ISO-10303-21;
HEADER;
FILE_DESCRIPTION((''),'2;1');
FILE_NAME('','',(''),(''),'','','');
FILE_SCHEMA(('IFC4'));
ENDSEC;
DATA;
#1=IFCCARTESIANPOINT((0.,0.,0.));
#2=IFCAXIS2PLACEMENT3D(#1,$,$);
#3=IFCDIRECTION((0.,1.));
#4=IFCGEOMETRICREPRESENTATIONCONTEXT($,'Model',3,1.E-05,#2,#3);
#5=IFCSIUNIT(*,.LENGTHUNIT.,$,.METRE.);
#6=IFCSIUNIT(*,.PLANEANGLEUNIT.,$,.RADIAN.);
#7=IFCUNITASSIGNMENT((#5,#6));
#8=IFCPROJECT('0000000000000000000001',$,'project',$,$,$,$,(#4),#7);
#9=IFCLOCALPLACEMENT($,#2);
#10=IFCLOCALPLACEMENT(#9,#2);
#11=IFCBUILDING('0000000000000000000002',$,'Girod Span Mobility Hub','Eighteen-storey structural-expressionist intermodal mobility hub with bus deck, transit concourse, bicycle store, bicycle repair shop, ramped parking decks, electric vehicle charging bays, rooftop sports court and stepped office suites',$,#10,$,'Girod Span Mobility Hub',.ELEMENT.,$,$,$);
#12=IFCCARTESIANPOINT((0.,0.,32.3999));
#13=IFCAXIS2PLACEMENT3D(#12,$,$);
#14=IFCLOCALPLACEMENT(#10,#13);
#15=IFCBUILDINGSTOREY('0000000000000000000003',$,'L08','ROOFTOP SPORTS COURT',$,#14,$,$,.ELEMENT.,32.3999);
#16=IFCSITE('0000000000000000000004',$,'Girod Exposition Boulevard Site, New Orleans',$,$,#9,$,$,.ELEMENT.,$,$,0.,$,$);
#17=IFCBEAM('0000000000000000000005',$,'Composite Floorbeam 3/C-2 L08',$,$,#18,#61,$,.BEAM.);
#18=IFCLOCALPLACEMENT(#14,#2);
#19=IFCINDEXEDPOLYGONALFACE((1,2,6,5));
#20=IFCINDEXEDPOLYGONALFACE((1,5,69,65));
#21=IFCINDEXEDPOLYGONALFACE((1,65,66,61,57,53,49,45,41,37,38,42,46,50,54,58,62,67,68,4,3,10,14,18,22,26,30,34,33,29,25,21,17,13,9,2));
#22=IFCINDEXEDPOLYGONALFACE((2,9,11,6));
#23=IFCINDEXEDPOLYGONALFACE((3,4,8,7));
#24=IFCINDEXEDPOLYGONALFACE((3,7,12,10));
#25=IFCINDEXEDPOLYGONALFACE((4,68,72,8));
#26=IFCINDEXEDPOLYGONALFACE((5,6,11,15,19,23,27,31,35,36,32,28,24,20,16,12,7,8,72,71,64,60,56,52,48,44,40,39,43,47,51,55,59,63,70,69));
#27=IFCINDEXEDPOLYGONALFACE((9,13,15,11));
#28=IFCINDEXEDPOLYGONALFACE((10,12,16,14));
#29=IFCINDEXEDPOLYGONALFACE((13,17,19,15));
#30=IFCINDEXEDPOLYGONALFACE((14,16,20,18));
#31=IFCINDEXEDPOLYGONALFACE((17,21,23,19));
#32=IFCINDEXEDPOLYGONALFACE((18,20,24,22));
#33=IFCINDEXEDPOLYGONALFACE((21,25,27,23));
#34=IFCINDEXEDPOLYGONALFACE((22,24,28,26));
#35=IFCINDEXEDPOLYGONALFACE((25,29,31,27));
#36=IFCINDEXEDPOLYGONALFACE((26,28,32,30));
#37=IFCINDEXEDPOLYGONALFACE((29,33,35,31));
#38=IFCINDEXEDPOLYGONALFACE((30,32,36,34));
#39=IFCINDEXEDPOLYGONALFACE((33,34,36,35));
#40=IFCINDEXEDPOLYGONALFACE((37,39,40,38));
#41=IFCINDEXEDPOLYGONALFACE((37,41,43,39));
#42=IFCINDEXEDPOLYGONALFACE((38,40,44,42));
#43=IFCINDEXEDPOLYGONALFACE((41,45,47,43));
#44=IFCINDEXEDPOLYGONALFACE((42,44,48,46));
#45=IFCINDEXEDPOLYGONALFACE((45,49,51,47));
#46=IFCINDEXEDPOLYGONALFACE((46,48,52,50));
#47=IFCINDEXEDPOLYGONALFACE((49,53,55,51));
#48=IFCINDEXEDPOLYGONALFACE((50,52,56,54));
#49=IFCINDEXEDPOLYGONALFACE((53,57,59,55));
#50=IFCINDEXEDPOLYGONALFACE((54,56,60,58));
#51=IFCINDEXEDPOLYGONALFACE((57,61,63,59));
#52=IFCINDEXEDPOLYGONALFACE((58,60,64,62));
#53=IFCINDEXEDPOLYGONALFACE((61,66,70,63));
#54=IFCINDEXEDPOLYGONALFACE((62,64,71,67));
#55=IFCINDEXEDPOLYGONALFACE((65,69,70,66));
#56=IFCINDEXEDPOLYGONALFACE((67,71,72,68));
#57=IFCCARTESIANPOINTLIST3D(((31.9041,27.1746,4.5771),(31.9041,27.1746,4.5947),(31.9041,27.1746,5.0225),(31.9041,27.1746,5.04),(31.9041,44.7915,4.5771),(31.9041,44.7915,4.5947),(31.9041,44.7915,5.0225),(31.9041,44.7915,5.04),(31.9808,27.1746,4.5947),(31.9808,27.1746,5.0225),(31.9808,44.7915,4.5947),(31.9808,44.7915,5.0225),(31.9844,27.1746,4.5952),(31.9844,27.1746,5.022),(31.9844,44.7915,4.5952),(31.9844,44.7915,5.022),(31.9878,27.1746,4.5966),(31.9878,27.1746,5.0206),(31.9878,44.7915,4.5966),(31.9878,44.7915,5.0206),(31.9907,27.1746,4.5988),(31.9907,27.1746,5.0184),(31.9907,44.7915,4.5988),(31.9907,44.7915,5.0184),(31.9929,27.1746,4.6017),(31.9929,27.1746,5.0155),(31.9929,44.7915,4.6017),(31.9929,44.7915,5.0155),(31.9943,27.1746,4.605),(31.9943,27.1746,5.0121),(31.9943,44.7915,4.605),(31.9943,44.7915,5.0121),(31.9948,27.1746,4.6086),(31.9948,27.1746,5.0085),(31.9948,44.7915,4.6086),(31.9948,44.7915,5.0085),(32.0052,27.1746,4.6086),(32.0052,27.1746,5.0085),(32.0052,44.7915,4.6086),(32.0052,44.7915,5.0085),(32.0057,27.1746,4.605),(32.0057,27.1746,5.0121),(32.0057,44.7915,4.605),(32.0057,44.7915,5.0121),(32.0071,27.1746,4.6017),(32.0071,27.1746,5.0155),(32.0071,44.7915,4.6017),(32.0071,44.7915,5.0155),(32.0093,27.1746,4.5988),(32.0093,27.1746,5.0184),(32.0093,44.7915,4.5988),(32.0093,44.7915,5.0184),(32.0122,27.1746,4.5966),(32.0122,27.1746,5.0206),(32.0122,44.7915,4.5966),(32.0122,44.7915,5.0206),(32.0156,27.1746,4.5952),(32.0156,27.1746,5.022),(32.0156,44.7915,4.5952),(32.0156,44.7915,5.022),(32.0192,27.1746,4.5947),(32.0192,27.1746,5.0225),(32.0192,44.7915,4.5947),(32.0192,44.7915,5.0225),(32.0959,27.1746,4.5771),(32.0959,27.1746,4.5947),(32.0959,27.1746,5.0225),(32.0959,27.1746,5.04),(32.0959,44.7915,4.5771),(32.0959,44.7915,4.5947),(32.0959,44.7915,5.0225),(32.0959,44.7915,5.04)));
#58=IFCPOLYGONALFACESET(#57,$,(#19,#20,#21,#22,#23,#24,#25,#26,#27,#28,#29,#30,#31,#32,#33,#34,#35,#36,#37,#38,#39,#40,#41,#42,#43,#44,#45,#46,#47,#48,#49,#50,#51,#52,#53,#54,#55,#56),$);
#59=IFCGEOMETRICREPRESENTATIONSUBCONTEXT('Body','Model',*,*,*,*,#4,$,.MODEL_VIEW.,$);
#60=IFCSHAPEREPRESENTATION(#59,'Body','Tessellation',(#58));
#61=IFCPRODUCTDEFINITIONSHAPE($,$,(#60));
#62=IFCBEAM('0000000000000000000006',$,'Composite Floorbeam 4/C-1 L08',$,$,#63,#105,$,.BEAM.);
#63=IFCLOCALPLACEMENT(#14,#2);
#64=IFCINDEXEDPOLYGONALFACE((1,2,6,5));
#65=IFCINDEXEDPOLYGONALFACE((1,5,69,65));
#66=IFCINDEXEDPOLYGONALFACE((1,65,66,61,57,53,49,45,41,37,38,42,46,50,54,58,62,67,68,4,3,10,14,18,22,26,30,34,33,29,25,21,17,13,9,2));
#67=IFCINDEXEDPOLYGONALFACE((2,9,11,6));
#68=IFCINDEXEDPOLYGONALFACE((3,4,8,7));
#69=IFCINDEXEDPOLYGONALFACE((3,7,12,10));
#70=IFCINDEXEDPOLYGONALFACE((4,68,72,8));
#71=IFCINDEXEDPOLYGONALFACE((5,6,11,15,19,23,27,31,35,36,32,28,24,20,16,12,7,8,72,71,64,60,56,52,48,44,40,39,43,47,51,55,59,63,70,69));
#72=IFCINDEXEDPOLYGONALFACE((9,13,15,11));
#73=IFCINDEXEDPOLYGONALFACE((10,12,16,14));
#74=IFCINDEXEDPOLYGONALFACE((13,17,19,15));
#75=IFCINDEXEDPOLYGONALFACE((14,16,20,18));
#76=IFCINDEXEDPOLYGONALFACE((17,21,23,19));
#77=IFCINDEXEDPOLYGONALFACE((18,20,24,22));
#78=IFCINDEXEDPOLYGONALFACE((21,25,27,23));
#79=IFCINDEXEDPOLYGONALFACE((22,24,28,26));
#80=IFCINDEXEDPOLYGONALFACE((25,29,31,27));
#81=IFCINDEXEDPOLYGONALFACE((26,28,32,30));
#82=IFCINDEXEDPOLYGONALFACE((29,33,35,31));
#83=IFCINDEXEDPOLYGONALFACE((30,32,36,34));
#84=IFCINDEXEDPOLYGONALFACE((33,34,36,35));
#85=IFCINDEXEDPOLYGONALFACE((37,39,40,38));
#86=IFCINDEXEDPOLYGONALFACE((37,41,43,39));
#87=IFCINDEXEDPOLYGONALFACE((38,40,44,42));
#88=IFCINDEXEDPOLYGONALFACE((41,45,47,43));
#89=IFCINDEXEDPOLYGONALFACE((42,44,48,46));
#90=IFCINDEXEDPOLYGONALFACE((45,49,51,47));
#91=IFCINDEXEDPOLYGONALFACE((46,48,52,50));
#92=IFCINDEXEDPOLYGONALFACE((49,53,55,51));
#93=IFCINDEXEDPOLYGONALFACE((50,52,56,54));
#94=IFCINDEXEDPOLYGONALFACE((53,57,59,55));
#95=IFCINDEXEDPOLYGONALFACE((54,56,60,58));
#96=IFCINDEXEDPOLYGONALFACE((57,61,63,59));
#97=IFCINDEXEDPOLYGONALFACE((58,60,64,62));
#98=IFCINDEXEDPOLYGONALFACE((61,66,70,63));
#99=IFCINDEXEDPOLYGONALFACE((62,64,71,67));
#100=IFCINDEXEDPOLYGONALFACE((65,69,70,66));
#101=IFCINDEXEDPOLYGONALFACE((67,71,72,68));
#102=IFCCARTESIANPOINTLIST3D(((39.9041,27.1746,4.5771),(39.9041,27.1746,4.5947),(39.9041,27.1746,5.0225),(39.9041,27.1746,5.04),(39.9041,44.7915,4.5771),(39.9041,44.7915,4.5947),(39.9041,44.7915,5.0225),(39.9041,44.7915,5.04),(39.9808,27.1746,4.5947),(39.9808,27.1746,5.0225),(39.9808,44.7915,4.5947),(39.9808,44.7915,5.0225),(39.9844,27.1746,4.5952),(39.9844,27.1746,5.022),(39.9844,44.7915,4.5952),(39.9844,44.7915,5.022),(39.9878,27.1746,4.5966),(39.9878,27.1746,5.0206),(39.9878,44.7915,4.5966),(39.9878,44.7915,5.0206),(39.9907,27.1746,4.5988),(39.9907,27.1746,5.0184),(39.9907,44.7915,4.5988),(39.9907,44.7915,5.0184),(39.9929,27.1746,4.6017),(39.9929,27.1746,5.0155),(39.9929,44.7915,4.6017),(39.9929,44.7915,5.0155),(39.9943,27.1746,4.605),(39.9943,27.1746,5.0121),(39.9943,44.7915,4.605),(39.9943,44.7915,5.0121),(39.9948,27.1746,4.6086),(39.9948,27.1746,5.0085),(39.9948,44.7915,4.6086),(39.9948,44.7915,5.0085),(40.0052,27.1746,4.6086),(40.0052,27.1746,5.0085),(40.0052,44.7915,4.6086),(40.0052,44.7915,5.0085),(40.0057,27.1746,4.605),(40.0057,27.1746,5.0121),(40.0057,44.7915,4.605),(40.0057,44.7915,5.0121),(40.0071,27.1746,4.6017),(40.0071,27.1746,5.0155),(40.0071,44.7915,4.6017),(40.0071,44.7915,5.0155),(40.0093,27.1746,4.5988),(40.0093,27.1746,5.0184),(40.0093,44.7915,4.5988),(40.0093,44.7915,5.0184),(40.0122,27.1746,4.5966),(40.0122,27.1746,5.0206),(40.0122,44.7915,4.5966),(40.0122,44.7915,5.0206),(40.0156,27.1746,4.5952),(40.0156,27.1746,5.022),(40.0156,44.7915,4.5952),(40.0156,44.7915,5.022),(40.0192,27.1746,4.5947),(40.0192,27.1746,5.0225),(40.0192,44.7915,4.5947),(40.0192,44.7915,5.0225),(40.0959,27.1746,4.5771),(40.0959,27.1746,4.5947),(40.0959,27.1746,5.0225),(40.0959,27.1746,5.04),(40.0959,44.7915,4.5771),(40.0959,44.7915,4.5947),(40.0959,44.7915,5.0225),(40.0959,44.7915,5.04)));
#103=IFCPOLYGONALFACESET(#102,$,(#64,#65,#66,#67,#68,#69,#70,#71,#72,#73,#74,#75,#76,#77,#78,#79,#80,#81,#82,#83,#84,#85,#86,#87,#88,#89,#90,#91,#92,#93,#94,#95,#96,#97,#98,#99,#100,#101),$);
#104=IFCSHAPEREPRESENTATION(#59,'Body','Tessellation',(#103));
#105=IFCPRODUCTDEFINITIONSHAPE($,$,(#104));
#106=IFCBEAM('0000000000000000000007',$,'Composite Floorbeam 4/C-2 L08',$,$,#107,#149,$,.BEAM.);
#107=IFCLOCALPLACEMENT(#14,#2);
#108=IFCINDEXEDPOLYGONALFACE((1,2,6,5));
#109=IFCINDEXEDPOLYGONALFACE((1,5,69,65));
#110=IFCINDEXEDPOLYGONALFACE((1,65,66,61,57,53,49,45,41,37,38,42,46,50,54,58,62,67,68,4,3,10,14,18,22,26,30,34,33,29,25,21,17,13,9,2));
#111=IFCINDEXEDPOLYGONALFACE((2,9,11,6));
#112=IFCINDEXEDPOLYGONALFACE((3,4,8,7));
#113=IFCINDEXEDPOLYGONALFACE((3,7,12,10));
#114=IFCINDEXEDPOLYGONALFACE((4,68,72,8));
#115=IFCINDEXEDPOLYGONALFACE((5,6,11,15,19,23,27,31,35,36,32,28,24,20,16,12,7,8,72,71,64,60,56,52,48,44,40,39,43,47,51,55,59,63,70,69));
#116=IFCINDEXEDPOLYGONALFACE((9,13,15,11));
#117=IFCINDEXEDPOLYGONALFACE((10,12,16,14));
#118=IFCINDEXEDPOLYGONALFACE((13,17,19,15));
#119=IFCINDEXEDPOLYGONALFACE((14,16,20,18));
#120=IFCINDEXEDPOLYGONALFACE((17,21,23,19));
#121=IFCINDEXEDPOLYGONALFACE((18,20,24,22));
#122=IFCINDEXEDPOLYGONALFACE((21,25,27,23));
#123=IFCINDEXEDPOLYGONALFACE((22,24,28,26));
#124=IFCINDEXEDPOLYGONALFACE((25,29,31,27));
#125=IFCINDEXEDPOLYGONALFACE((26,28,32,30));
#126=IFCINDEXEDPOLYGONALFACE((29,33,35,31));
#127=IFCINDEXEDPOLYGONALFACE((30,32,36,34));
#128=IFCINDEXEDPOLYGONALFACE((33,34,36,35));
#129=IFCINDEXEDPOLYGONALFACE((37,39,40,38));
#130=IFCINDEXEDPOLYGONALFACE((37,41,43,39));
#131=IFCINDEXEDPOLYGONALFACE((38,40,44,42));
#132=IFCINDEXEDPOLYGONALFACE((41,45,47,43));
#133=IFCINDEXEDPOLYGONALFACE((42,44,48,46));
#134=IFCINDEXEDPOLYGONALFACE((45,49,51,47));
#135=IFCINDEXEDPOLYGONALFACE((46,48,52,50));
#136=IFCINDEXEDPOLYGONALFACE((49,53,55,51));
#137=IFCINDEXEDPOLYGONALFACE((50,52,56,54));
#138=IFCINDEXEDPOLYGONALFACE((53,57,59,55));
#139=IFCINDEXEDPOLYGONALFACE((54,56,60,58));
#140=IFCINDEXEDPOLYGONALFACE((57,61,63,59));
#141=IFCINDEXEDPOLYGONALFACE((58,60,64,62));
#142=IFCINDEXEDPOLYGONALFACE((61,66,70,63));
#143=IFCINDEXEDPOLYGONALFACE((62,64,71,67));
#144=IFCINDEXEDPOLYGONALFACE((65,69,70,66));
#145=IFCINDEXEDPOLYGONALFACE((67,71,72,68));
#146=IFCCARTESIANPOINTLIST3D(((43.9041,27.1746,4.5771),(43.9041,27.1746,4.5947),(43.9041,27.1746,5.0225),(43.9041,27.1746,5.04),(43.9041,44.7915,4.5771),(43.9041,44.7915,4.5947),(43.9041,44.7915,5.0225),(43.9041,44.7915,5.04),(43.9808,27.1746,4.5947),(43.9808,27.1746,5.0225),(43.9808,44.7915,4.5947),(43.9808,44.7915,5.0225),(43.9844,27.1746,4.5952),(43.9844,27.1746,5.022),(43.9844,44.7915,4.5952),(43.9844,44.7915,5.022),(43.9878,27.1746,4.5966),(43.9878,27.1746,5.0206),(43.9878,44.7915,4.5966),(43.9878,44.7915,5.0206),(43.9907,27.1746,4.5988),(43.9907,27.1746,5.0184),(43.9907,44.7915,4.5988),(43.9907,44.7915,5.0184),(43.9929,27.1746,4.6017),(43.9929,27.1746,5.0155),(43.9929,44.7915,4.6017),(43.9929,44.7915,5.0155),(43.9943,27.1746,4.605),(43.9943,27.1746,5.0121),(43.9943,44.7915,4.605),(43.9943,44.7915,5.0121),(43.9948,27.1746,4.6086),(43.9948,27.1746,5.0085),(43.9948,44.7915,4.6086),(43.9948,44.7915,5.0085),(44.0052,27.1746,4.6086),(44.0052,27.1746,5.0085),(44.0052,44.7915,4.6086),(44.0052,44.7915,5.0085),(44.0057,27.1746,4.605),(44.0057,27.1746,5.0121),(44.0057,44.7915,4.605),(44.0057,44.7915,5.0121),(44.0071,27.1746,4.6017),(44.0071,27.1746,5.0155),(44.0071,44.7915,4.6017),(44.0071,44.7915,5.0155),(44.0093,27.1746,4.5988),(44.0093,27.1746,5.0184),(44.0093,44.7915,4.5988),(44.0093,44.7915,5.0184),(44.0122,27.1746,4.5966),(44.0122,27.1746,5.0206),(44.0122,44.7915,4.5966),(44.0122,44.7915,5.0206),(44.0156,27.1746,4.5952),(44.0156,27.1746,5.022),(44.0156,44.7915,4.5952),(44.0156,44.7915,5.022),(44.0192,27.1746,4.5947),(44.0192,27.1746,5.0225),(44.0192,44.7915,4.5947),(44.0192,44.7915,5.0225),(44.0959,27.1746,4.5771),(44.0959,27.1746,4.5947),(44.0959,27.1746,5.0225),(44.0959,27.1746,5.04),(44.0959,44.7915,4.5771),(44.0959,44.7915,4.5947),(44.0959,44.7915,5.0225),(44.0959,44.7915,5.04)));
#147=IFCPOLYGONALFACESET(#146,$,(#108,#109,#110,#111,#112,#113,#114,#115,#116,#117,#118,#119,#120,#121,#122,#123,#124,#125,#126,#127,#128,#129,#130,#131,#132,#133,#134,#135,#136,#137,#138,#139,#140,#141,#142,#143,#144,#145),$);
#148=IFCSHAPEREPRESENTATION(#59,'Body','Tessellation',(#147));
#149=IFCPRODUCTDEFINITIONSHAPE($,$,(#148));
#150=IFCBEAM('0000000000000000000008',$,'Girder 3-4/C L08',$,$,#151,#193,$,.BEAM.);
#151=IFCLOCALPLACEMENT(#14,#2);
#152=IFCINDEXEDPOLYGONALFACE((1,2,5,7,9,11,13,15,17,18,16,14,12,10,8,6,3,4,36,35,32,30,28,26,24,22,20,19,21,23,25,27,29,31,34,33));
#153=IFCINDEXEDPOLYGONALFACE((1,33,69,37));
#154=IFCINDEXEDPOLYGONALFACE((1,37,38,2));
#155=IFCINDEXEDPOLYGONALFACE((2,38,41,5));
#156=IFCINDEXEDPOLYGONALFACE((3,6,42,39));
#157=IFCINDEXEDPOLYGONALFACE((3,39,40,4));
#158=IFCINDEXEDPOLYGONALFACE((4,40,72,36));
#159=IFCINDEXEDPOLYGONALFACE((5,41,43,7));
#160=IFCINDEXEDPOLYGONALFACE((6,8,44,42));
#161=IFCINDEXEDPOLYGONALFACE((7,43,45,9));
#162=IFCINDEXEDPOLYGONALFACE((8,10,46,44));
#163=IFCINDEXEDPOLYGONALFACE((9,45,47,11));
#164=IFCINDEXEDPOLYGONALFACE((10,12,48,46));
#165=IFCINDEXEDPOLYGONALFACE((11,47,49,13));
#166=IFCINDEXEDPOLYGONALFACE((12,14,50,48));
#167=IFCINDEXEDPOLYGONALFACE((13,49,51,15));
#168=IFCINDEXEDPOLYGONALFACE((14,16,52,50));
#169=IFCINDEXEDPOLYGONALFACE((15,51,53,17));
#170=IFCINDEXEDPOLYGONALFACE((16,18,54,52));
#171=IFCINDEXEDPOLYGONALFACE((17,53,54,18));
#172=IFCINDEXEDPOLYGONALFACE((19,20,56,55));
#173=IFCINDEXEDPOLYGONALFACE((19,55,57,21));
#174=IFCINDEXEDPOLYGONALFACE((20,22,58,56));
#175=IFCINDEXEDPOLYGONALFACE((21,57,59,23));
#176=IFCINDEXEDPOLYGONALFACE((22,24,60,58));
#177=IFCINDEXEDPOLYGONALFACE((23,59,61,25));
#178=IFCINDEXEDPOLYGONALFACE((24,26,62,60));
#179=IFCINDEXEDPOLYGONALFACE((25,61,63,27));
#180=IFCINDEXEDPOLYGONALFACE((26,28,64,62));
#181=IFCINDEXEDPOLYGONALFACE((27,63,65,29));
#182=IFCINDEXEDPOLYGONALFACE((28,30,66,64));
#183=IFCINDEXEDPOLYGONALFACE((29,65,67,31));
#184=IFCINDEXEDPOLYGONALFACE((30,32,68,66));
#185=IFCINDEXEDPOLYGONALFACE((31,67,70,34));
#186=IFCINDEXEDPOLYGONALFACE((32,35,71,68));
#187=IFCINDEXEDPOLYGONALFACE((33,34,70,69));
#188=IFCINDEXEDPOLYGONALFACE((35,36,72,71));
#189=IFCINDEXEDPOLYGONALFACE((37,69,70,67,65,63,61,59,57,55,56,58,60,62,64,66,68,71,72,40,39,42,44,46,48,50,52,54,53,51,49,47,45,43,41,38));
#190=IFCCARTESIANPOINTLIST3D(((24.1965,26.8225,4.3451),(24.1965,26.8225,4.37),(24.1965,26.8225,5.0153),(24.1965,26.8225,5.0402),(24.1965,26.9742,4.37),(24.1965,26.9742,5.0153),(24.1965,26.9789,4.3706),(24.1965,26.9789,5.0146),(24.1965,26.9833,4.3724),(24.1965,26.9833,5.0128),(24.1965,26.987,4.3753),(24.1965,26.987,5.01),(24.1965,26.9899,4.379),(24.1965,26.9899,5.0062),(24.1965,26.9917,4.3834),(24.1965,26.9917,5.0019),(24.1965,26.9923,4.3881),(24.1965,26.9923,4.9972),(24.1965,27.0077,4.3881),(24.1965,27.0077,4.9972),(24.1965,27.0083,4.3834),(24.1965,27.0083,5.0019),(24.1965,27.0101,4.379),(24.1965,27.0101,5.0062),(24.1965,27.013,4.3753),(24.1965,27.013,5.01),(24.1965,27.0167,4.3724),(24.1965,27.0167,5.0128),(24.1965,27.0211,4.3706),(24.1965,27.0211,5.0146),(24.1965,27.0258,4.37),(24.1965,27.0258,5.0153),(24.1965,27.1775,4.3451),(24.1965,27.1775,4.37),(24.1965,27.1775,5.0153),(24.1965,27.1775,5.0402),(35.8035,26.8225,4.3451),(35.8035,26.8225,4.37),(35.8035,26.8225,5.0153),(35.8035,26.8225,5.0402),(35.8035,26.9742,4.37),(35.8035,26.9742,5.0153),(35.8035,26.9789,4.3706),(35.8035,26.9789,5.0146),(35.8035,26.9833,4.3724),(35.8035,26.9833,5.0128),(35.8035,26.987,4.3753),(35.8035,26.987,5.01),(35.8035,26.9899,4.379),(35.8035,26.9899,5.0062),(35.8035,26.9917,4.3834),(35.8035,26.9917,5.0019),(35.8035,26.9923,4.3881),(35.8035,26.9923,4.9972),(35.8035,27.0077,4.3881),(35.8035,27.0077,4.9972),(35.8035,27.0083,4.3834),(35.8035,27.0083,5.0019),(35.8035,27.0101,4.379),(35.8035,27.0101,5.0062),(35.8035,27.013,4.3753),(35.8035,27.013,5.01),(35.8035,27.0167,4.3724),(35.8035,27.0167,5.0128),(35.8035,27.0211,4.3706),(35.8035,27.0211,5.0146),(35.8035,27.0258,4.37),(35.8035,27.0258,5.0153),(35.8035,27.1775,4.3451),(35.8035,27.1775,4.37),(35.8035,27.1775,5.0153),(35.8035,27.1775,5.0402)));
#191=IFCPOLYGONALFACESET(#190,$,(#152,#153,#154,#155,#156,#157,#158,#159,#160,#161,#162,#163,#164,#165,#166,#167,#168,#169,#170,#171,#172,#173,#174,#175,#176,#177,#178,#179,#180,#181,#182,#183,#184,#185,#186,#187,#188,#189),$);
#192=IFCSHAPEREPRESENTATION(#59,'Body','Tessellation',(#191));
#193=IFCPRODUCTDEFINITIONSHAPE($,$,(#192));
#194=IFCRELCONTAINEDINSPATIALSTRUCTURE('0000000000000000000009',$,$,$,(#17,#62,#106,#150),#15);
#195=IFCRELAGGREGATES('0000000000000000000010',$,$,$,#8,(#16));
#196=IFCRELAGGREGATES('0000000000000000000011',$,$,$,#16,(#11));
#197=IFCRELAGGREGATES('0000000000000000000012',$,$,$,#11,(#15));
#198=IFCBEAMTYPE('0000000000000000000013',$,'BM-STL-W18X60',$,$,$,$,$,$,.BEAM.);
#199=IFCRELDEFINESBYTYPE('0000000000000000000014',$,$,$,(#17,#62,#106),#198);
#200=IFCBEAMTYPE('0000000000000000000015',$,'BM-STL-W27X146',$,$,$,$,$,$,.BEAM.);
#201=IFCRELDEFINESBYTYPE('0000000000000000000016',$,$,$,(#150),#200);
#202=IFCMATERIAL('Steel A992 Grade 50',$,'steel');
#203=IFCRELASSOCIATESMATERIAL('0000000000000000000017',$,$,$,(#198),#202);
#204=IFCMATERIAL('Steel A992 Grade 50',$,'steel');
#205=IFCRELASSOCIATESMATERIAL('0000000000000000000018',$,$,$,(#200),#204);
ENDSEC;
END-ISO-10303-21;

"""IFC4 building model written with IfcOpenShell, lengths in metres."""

from ifc_helpers import new_model, si_unit, direction, frame, origin, origin_2d, place, context, subcontext, project, spatial, i_section, extrude, material, material_profile, profile_set, type_object, element, save


model = new_model("IFC4")

# Units and contexts
model_context = context("Model", 3, precision=1e-05, world=origin(), true_north=direction((0.0, 1.0)))
body_context = subcontext(model_context, "Body", "Model", "MODEL_VIEW")
ifc_project = project(units=[si_unit("LENGTHUNIT", "METRE"), si_unit("PLANEANGLEUNIT", "RADIAN")], contexts=[model_context])

# Site, building, storey
site_placement = place(None, origin())
site = spatial("IfcSite", under=ifc_project, at=site_placement, Name="Girod Exposition Boulevard Site, New Orleans", CompositionType="ELEMENT", RefElevation=0.0)
building_placement = place(site_placement, origin())
building = spatial("IfcBuilding", under=site, at=building_placement, Name="Girod Span Mobility Hub", Description="Eighteen-storey structural-expressionist intermodal mobility hub with bus deck, transit concourse, bicycle store, bicycle repair shop, ramped parking decks, electric vehicle charging bays, rooftop sports court and stepped office suites", LongName="Girod Span Mobility Hub", CompositionType="ELEMENT")
storey_placement = place(building_placement, frame((0.0, 0.0, 32.3999)))
storey = spatial("IfcBuildingStorey", under=building, at=storey_placement, Name="L08", Description="ROOFTOP SPORTS COURT", CompositionType="ELEMENT", Elevation=32.3999)

# Beams
ifc_material_1 = material(Name="Steel A992 Grade 50", Category="steel")
ifc_material_profile_1 = material_profile(ifc_material_1, i_section(OverallWidth=0.1919, OverallDepth=0.4629, WebThickness=0.0105, FlangeThickness=0.0176, FilletRadius=0.0139, at=origin_2d()), Name="W18X60")
ifc_profile_set_1 = profile_set([ifc_material_profile_1], Name="Steel A992 Grade 50")
beam_type_1 = type_object("IfcBeamType", Name="BM-STL-W18X60", PredefinedType="BEAM", material=ifc_profile_set_1)
for number, where, z_axis, x_axis, name in (
    (1, (32.0, 27.1746, 4.8086), (0.0, 1.0, 0.0), (-1.0, 0.0, 0.0), "Composite Floorbeam 3/C-2 L08"),
    (2, (40.0, 27.1746, 4.8086), (0.0, 1.0, 0.0), (-1.0, 0.0, 0.0), "Composite Floorbeam 4/C-1 L08"),
    (3, (44.0, 27.1746, 4.8086), (0.0, 1.0, 0.0), (-1.0, 0.0, 0.0), "Composite Floorbeam 4/C-2 L08"),
):
    element("IfcBeam", number, at=place(storey_placement, frame(where, z_axis=z_axis, x_axis=x_axis)), inside=storey, type_object=beam_type_1, Name=name, PredefinedType="BEAM", context=body_context, shape_type="SweptSolid", body=[
        extrude(i_section(OverallWidth=0.1919, OverallDepth=0.4629, WebThickness=0.0105, FlangeThickness=0.0176, FilletRadius=0.0139, at=origin_2d()), origin(), (0.0, 0.0, 1.0), 17.6169),
    ])
ifc_material_2 = material(Name="Steel A992 Grade 50", Category="steel")
ifc_material_profile_2 = material_profile(ifc_material_2, i_section(OverallWidth=0.355, OverallDepth=0.6951, WebThickness=0.0154, FlangeThickness=0.0249, FilletRadius=0.0181, at=origin_2d()), Name="W27X146")
ifc_profile_set_2 = profile_set([ifc_material_profile_2], Name="Steel A992 Grade 50")
beam_type_2 = type_object("IfcBeamType", Name="BM-STL-W27X146", PredefinedType="BEAM", material=ifc_profile_set_2)
for number, where, z_axis, x_axis, name in (
    (4, (24.1965, 27.0, 4.6926), (1.0, 0.0, 0.0), (0.0, 1.0, 0.0), "Girder 3-4/C L08"),
):
    element("IfcBeam", number, at=place(storey_placement, frame(where, z_axis=z_axis, x_axis=x_axis)), inside=storey, type_object=beam_type_2, Name=name, PredefinedType="BEAM", context=body_context, shape_type="SweptSolid", body=[
        extrude(i_section(OverallWidth=0.355, OverallDepth=0.6951, WebThickness=0.0154, FlangeThickness=0.0249, FilletRadius=0.0181, at=origin_2d()), origin(), (0.0, 0.0, 1.0), 11.6069),
    ])

save(model, "model.ifc")
